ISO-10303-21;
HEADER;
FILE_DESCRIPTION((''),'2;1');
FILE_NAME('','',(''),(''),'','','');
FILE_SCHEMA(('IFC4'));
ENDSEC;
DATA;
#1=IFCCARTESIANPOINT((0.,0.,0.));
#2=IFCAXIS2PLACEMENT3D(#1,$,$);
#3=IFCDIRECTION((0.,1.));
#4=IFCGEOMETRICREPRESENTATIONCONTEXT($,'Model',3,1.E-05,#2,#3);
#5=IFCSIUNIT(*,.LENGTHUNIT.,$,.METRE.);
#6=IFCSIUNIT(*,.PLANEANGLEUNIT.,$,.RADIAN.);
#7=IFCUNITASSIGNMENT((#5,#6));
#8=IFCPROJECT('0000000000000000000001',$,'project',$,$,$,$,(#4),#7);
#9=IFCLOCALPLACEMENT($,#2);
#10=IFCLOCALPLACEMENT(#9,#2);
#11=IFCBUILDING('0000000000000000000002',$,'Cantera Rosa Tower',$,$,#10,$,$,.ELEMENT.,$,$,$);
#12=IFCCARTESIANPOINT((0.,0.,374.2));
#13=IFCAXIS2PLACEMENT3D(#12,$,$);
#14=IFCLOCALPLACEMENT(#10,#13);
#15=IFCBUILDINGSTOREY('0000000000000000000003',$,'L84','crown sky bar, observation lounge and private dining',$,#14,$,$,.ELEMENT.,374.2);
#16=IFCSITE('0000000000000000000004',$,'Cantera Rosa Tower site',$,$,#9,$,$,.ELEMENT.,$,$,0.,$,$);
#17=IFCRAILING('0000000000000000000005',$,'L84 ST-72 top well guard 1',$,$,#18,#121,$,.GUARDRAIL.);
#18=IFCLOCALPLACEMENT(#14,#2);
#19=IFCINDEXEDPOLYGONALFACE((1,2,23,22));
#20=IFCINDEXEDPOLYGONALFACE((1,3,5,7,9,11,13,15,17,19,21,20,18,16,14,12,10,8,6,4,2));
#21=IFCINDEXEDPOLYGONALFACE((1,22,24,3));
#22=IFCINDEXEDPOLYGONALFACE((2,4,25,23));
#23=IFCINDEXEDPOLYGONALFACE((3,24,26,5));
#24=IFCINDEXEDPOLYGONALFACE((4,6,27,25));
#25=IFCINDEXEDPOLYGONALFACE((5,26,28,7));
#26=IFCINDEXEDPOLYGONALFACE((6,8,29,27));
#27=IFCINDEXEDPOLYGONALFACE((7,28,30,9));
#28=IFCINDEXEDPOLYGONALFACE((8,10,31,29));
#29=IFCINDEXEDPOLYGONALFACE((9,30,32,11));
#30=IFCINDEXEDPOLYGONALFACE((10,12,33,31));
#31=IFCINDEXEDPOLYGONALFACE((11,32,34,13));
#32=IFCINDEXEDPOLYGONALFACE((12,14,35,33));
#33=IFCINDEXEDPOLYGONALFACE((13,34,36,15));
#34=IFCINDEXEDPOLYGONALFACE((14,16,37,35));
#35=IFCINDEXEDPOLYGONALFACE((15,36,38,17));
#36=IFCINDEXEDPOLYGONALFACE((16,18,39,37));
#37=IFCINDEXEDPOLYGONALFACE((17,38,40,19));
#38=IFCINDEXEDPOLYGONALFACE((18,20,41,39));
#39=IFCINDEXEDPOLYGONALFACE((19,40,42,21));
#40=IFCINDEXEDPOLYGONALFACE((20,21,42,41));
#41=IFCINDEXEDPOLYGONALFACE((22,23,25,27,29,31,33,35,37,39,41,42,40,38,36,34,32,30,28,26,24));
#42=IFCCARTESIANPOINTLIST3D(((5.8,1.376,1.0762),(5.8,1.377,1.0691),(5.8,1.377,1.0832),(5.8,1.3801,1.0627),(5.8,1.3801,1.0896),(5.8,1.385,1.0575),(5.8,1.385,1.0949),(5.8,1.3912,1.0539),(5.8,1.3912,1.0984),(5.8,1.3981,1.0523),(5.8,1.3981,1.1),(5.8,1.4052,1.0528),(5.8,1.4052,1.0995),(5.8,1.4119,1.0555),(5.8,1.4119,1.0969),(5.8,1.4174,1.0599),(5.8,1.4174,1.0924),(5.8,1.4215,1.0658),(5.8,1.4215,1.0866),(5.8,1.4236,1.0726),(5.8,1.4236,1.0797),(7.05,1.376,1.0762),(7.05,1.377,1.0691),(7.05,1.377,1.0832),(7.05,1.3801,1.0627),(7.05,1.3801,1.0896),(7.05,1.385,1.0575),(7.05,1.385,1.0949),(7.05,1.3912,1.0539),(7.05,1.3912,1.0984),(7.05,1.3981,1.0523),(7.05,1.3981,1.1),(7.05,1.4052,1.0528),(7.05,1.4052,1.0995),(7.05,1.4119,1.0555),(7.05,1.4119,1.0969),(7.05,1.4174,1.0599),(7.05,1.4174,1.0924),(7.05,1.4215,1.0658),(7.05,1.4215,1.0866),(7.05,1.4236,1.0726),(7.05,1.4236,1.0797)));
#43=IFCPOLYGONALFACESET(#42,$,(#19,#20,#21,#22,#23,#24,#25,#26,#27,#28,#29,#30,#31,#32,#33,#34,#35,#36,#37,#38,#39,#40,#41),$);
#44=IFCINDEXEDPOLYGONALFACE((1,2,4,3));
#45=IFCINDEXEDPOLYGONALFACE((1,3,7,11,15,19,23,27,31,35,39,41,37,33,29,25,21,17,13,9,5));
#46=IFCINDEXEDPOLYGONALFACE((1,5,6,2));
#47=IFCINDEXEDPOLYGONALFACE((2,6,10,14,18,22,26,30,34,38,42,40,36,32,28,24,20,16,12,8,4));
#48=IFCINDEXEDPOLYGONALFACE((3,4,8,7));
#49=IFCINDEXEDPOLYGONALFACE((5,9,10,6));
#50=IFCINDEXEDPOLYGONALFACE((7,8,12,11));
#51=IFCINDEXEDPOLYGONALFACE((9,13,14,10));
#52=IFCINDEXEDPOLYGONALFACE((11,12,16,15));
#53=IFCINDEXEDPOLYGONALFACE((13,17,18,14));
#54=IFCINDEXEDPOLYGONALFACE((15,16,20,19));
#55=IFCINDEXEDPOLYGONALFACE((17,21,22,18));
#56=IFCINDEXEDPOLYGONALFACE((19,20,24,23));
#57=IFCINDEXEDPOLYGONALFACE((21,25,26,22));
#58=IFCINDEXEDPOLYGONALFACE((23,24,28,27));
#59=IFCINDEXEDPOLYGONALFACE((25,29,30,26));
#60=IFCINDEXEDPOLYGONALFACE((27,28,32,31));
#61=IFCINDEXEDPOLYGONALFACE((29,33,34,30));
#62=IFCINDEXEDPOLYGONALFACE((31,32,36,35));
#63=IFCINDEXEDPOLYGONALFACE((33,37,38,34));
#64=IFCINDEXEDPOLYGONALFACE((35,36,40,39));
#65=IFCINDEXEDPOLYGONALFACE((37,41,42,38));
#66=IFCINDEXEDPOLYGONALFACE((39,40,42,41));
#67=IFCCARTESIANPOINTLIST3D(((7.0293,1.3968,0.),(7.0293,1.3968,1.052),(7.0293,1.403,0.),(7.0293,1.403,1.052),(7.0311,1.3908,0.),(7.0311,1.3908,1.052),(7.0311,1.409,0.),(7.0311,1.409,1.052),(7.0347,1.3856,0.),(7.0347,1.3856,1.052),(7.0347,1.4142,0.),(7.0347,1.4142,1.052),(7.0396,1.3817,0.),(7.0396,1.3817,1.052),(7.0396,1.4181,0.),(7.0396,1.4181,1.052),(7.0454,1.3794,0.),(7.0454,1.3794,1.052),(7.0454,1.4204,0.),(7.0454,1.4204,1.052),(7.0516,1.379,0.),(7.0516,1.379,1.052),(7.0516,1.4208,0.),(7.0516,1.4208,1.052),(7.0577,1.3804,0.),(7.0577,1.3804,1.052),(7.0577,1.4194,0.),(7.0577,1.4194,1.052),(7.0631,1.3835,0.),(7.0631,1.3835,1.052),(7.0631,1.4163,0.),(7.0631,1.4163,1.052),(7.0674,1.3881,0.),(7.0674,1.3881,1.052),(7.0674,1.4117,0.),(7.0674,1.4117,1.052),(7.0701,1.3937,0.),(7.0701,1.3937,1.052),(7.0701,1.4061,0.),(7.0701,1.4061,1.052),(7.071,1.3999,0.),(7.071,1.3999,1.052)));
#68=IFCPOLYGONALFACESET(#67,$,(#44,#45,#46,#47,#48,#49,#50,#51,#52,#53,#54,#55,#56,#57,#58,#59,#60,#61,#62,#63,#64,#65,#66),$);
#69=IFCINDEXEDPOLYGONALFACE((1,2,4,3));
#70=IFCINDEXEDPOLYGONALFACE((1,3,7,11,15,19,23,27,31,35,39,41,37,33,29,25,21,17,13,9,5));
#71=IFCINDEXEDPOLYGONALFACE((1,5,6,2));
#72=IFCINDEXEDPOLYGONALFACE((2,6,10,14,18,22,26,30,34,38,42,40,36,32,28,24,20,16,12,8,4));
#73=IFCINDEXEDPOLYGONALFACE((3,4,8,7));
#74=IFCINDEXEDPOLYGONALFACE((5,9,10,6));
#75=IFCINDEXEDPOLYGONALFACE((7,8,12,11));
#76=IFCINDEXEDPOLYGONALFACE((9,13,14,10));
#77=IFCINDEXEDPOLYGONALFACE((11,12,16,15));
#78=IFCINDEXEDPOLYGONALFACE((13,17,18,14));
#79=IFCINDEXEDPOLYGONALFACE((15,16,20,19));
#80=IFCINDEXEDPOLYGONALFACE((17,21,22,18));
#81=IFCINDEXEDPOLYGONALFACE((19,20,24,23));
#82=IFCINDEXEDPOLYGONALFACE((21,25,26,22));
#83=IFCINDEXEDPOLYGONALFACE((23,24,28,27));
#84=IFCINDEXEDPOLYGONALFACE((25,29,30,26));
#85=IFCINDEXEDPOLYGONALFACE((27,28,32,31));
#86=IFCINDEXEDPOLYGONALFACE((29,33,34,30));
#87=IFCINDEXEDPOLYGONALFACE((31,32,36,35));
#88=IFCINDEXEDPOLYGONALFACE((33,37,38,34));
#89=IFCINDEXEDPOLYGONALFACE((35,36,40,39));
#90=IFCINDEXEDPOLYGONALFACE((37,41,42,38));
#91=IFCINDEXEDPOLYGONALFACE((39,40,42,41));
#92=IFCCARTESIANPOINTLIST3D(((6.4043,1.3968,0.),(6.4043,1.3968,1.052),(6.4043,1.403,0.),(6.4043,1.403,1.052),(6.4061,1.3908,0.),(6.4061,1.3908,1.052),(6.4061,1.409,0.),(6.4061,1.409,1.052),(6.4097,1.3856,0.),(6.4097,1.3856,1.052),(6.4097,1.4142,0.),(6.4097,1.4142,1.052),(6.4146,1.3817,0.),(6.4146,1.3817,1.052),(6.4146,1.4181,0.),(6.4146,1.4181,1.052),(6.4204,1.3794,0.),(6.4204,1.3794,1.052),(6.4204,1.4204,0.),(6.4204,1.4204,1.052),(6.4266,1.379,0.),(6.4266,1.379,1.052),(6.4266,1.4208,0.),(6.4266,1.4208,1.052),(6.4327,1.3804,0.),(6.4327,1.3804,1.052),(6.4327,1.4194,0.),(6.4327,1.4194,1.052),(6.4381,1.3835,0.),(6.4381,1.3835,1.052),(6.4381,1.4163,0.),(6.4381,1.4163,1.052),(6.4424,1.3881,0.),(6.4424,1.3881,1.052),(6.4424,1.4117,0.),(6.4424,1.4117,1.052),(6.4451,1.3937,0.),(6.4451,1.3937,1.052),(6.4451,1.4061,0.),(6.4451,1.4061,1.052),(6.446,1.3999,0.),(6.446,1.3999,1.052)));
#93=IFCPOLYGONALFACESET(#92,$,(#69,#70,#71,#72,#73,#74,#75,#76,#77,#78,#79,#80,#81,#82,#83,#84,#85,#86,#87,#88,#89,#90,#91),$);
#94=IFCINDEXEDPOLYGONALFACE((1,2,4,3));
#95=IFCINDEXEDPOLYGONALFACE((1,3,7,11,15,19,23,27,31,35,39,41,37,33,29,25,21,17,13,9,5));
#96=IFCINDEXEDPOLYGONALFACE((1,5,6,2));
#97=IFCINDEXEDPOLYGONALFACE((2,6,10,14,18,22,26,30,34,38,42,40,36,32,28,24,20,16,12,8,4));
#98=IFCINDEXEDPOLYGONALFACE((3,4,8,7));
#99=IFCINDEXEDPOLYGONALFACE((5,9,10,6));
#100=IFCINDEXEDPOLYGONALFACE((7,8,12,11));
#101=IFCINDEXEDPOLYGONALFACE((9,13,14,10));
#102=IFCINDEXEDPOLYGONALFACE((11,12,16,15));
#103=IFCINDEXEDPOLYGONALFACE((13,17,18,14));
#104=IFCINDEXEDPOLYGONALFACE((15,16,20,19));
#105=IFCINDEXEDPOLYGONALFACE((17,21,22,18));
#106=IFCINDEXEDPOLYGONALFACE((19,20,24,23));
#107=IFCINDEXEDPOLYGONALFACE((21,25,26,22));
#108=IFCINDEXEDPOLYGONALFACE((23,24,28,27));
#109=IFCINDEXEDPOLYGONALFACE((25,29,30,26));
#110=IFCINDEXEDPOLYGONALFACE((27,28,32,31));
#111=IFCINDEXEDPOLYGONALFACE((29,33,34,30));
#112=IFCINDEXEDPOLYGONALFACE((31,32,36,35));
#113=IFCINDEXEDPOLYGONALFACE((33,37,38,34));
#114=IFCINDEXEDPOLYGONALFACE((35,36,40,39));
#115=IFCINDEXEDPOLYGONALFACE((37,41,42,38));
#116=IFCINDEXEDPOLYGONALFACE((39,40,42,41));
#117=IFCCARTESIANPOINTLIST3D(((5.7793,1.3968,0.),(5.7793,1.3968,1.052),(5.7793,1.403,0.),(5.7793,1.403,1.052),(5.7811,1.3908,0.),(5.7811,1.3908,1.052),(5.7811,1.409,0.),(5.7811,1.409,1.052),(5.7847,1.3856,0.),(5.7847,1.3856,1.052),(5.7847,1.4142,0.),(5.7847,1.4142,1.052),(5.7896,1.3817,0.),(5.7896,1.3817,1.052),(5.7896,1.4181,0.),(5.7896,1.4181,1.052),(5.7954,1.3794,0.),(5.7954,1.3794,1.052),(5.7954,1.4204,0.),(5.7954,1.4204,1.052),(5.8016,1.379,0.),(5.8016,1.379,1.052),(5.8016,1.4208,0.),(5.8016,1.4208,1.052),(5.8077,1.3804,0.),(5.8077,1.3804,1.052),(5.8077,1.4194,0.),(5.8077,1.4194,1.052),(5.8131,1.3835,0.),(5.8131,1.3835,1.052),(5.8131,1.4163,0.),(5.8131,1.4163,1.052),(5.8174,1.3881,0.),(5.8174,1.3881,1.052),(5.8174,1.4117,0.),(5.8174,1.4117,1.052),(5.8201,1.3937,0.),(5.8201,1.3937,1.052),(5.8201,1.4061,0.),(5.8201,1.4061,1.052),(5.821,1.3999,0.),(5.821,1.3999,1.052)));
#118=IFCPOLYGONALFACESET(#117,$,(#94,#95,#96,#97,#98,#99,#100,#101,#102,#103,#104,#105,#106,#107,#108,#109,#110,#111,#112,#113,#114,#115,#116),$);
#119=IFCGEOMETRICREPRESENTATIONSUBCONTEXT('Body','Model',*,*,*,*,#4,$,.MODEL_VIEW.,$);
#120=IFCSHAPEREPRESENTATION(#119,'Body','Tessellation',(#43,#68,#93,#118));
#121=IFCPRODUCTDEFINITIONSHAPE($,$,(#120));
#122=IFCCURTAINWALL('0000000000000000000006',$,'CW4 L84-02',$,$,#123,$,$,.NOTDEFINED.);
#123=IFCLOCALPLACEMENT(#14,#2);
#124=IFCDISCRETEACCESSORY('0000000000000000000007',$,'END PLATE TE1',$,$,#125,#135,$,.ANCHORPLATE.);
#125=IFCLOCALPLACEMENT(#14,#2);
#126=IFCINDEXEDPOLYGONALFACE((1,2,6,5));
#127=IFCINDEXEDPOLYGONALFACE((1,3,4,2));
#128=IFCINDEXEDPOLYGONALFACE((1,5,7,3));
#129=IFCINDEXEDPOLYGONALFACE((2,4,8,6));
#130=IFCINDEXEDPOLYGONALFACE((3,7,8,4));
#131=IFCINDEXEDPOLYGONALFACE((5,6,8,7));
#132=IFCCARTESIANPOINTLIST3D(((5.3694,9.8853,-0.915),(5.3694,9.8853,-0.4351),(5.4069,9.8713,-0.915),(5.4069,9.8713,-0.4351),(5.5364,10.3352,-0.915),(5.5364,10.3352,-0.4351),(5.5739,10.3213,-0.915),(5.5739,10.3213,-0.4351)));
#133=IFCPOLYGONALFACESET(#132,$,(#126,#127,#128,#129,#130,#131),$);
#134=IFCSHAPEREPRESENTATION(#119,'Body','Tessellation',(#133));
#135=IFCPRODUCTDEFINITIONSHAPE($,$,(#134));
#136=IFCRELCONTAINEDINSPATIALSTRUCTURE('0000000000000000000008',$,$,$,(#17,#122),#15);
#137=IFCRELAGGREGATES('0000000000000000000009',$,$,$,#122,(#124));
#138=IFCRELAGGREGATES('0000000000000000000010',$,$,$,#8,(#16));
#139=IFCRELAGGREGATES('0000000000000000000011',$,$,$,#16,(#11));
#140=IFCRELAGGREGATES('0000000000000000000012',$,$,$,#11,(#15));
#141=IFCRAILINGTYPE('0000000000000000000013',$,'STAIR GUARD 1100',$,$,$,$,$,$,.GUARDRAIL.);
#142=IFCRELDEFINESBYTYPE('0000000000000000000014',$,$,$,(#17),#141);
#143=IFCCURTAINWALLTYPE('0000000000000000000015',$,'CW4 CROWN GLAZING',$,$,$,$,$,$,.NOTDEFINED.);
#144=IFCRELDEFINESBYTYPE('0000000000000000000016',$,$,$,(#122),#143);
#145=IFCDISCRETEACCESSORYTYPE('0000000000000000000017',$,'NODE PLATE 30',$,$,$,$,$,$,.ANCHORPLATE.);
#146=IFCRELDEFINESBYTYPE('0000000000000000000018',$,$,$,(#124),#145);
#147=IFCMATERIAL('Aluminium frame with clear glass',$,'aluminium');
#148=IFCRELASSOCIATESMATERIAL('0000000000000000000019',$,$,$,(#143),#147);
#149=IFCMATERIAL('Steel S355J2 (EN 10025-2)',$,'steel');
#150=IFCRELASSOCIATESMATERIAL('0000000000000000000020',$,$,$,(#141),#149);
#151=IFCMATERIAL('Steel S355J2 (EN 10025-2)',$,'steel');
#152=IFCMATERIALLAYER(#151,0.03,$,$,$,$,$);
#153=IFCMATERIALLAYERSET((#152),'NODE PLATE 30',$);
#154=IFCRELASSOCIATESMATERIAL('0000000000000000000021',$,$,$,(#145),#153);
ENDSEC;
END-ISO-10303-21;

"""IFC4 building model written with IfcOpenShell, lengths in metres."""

from ifc_helpers import new_model, si_unit, direction, frame, origin, origin_2d, place, context, subcontext, project, spatial, polyline, circle, outline, extrude, material, layer, layer_set, type_object, element, aggregate, save


model = new_model("IFC4")

# Units and contexts
model_context = context("Model", 3, precision=1e-05, world=origin(), true_north=direction((0.0, 1.0)))
body_context = subcontext(model_context, "Body", "Model", "MODEL_VIEW")
ifc_project = project(units=[si_unit("LENGTHUNIT", "METRE"), si_unit("PLANEANGLEUNIT", "RADIAN")], contexts=[model_context])

# Site, building, storey
site_placement = place(None, origin())
site = spatial("IfcSite", under=ifc_project, at=site_placement, Name="Cantera Rosa Tower site", CompositionType="ELEMENT", RefElevation=0.0)
building_placement = place(site_placement, origin())
building = spatial("IfcBuilding", under=site, at=building_placement, Name="Cantera Rosa Tower", CompositionType="ELEMENT")
storey_placement = place(building_placement, frame((0.0, 0.0, 374.2)))
storey = spatial("IfcBuildingStorey", under=building, at=storey_placement, Name="L84", Description="crown sky bar, observation lounge and private dining", CompositionType="ELEMENT", Elevation=374.2)

# Shared definitions
ifc_material_1 = material(Name="Aluminium frame with clear glass", Category="aluminium")
curtain_wall_type = type_object("IfcCurtainWallType", Name="CW4 CROWN GLAZING", PredefinedType="NOTDEFINED", material=ifc_material_1)

# Railing
ifc_material_2 = material(Name="Steel S355J2 (EN 10025-2)", Category="steel")
railing_type = type_object("IfcRailingType", Name="STAIR GUARD 1100", PredefinedType="GUARDRAIL", material=ifc_material_2)
railing_1_placement = place(storey_placement, frame((7.05, 1.3999, 0.0)))
element("IfcRailing", 1, at=railing_1_placement, inside=storey, type_object=railing_type, Name="L84 ST-72 top well guard 1", PredefinedType="GUARDRAIL", context=body_context, shape_type="SweptSolid", body=[
    extrude(circle(Radius=0.0239, at=origin_2d()), frame((0.0, 0.0, 1.0762), z_axis=(-1.0, 0.0, 0.0), x_axis=(0.0, -1.0, 0.0)), (0.0, 0.0, 1.0), 1.25),
    extrude(circle(Radius=0.021, at=origin_2d()), origin(), (0.0, 0.0, 1.0), 1.052),
    extrude(circle(Radius=0.021, at=origin_2d()), frame((-0.625, 0.0, 0.0)), (0.0, 0.0, 1.0), 1.052),
    extrude(circle(Radius=0.021, at=origin_2d()), frame((-1.25, 0.0, 0.0)), (0.0, 0.0, 1.0), 1.052),
])

# Curtain wall, discrete accessory
curtain_wall_1_placement = place(storey_placement, origin())
curtain_wall_1 = element("IfcCurtainWall", 2, at=curtain_wall_1_placement, inside=storey, type_object=curtain_wall_type, Name="CW4 L84-02", PredefinedType="NOTDEFINED")
ifc_material_3 = material(Name="Steel S355J2 (EN 10025-2)", Category="steel")
ifc_layer_1 = layer(ifc_material_3, 0.03)
ifc_layer_set_1 = layer_set([ifc_layer_1], Name="NODE PLATE 30")
discrete_accessory_type = type_object("IfcDiscreteAccessoryType", Name="NODE PLATE 30", PredefinedType="ANCHORPLATE", material=ifc_layer_set_1)
discrete_accessory_placement = place(storey_placement, frame((5.3694, 9.8853, -0.4351), z_axis=(-0.937515, 0.347944, 0.0), x_axis=(0.347944, 0.937515, 0.0)))
discrete_accessory = element("IfcDiscreteAccessory", 3, at=discrete_accessory_placement, type_object=discrete_accessory_type, Name="END PLATE TE1", PredefinedType="ANCHORPLATE", context=body_context, shape_type="SweptSolid", body=[
    extrude(outline(polyline([(0.0, 0.0), (0.4799, 0.0), (0.4799, 0.48), (0.0, 0.48), (0.0, 0.0)])), origin(), (0.0, 0.0, -1.0), 0.04),
])
aggregate(curtain_wall_1, [discrete_accessory])

save(model, "model.ifc")
